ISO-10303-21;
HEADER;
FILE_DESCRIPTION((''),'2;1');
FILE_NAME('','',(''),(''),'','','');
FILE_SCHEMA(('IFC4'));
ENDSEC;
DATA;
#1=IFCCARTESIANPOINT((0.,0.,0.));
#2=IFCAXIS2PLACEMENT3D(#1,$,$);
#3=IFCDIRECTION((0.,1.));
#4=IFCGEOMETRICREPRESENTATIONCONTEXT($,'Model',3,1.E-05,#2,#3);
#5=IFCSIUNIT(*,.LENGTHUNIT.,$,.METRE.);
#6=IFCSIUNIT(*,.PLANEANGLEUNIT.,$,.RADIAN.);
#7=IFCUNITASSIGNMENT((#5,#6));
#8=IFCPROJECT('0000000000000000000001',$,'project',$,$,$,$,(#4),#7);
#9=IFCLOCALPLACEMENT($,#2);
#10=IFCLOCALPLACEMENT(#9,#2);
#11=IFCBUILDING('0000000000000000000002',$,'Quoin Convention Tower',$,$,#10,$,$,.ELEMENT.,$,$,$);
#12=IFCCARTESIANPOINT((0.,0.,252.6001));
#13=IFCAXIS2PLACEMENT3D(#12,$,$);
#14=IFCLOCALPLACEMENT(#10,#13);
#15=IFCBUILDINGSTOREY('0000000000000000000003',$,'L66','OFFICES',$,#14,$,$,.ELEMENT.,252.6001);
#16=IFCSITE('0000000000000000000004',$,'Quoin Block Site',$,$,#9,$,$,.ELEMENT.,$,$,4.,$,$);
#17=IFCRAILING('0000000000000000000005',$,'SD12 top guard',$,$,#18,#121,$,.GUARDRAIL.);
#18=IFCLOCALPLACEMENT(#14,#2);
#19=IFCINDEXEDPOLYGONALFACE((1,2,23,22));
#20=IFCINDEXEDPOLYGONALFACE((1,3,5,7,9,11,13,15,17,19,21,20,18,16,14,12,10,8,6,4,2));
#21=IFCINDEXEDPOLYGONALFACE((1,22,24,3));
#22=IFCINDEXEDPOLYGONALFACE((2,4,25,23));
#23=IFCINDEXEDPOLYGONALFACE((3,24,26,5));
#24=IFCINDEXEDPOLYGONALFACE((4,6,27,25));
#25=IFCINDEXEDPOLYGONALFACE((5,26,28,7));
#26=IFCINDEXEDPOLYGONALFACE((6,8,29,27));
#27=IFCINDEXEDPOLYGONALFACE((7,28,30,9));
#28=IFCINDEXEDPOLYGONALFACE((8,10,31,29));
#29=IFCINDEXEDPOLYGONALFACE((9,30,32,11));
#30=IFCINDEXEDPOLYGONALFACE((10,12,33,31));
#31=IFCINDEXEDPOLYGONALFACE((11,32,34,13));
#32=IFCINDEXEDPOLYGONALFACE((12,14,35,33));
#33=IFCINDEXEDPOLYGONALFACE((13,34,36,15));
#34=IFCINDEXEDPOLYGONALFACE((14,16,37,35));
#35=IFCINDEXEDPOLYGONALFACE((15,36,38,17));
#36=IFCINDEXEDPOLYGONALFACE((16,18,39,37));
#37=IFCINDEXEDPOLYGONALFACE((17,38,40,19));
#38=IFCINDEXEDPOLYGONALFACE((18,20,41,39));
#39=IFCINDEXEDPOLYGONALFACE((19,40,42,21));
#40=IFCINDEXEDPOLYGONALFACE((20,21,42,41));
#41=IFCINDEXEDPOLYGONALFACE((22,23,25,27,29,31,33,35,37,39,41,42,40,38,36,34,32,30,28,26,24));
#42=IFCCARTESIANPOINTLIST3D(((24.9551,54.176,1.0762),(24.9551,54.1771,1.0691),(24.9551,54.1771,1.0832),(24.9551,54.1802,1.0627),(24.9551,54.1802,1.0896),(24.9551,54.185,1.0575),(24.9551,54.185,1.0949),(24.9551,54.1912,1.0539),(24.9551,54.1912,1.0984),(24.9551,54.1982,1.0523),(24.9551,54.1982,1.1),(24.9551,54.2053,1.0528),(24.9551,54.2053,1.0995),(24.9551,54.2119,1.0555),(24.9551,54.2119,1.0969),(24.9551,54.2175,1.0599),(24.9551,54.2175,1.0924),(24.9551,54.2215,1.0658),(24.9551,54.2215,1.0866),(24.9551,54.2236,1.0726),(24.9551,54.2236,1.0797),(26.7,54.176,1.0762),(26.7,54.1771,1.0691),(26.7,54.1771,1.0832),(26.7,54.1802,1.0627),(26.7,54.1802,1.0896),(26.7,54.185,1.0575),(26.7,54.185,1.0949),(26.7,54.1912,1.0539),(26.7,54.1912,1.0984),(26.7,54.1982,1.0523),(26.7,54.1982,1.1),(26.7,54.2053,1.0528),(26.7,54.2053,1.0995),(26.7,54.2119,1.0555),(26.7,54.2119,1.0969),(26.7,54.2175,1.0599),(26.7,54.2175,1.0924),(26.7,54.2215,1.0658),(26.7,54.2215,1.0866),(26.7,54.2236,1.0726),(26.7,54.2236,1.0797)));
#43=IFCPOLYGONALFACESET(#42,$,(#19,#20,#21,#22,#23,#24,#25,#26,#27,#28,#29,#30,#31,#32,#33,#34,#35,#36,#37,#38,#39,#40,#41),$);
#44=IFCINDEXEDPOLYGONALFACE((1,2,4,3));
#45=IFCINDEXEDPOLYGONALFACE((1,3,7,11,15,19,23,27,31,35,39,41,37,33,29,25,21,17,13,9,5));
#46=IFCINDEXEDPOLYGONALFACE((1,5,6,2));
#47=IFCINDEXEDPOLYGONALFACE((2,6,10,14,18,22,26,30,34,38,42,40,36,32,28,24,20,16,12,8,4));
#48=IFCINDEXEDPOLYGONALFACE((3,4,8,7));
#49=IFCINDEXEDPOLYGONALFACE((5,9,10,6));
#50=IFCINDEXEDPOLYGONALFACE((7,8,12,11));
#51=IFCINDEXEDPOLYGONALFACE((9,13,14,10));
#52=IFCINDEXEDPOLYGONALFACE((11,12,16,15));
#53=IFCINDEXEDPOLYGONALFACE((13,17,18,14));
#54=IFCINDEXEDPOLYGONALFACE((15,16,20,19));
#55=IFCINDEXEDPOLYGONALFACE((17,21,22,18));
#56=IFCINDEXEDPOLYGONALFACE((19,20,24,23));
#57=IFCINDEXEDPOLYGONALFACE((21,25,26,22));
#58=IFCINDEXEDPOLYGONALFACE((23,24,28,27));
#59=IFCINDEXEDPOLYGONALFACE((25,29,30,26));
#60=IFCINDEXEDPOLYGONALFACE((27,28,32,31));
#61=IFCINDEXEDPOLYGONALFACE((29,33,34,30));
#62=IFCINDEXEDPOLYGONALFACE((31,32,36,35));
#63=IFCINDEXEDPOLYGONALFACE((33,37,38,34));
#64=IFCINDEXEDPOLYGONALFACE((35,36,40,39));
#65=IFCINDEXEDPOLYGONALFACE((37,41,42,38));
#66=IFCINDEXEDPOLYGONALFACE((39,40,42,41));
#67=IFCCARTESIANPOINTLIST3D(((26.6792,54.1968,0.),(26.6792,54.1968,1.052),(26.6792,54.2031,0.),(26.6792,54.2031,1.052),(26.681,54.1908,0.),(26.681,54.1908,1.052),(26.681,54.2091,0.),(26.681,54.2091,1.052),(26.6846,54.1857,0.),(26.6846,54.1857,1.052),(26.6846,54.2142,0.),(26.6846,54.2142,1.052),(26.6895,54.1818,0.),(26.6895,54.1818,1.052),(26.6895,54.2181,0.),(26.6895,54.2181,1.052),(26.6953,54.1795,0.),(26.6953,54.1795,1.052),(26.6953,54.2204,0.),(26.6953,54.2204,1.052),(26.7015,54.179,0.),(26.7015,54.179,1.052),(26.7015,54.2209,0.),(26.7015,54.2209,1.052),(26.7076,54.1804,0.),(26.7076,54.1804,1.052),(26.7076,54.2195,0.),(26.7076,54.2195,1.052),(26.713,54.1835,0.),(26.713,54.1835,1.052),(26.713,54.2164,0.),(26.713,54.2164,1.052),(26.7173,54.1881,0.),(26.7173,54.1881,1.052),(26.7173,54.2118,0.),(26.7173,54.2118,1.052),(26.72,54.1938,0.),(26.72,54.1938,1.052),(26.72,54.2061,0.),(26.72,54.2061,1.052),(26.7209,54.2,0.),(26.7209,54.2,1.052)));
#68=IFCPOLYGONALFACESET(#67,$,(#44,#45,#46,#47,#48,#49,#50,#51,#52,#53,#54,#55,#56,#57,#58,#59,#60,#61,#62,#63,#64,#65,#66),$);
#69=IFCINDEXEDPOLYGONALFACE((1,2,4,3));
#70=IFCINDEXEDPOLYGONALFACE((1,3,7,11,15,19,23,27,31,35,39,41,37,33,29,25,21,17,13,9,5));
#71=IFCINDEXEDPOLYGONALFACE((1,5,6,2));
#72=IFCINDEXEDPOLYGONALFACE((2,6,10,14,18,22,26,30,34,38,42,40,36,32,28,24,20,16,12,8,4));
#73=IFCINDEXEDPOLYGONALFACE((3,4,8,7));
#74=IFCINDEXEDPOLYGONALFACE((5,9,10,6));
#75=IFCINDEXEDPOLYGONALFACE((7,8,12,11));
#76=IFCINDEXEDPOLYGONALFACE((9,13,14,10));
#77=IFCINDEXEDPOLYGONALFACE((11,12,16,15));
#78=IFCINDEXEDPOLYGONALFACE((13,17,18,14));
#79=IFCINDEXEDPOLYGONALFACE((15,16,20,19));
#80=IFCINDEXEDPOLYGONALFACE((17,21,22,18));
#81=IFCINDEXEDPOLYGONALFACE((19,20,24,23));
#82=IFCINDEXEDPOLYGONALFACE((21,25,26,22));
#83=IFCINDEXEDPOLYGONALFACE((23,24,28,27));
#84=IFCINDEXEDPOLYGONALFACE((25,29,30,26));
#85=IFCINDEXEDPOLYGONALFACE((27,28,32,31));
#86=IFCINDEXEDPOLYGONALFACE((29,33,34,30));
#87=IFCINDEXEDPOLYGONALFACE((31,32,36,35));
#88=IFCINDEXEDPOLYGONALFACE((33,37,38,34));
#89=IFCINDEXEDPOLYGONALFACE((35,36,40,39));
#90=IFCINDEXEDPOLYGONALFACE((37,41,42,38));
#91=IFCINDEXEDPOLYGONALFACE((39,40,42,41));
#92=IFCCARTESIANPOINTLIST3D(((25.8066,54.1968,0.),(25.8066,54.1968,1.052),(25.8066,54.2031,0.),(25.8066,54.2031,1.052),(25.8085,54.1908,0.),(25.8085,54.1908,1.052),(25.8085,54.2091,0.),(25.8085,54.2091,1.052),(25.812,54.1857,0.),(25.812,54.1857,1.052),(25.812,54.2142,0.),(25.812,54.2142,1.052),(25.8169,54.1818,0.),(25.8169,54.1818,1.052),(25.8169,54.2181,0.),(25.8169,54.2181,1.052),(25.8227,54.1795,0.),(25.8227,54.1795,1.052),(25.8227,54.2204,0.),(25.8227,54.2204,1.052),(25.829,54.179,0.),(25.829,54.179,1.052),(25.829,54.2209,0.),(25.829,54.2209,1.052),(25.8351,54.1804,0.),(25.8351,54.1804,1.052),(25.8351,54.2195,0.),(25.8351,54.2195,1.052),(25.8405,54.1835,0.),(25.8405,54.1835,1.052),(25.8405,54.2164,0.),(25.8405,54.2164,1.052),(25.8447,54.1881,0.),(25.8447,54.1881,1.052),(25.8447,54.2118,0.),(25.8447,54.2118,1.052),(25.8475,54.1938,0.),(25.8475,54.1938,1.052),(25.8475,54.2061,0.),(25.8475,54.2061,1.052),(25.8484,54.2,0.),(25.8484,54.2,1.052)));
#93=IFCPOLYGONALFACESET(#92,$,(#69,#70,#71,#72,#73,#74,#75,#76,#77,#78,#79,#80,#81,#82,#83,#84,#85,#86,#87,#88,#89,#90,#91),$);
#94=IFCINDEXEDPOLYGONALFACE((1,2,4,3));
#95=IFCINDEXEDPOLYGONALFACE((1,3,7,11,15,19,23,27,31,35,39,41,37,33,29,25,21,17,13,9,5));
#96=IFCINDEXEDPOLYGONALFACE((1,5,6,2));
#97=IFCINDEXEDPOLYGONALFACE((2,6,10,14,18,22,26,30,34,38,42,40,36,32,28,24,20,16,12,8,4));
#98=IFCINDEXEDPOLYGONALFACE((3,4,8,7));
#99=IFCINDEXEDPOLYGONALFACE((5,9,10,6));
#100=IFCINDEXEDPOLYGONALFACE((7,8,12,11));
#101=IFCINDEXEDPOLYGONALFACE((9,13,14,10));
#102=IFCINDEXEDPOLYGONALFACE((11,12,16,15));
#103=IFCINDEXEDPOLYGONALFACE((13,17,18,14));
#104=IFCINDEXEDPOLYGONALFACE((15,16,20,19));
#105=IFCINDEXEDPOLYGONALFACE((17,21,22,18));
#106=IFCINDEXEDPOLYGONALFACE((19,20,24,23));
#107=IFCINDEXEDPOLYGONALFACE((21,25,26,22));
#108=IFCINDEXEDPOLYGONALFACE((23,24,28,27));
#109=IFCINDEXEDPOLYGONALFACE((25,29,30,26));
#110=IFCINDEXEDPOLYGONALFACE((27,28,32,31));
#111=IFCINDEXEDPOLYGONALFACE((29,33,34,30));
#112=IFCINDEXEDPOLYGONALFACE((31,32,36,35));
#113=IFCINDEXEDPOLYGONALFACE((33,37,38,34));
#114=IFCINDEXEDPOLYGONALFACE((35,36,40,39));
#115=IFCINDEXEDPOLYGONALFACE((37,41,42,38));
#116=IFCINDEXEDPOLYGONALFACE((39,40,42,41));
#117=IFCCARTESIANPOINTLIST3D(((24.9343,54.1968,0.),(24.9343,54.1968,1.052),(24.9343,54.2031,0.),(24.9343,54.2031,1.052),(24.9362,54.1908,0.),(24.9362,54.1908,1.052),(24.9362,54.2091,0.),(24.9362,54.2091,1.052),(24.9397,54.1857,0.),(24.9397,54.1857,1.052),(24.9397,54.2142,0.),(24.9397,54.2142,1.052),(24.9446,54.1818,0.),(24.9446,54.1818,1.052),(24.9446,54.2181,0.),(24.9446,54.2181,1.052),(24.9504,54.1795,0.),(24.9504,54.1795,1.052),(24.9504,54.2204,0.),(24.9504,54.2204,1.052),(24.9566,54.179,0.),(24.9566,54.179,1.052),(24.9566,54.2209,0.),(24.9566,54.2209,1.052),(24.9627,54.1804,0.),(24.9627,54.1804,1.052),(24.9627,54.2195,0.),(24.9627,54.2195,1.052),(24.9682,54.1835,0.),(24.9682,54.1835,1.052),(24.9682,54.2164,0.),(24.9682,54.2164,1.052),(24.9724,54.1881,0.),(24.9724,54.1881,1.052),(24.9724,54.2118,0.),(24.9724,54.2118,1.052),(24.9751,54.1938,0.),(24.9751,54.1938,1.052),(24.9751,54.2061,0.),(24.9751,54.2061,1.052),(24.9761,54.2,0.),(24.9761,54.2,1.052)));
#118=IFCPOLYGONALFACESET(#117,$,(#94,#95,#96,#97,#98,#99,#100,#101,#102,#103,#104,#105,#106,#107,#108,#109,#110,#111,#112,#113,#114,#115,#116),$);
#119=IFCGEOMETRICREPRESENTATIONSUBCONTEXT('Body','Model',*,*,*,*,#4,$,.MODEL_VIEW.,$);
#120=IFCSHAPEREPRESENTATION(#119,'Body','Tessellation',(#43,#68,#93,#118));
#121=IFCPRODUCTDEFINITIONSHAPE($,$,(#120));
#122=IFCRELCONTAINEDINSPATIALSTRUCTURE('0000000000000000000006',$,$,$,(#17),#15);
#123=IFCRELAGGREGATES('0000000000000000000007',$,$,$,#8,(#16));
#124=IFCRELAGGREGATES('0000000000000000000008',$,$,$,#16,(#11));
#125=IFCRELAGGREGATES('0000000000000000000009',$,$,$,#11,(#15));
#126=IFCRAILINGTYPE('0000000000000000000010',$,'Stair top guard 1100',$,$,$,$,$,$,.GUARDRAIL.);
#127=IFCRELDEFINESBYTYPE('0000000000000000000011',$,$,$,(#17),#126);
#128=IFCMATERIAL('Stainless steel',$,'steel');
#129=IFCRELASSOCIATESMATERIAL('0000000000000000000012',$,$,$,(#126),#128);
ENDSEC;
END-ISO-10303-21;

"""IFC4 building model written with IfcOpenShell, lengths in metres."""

from ifc_helpers import new_model, si_unit, direction, frame, origin, origin_2d, place, context, subcontext, project, spatial, circle, extrude, material, type_object, element, save


model = new_model("IFC4")

# Units and contexts
model_context = context("Model", 3, precision=1e-05, world=origin(), true_north=direction((0.0, 1.0)))
body_context = subcontext(model_context, "Body", "Model", "MODEL_VIEW")
ifc_project = project(units=[si_unit("LENGTHUNIT", "METRE"), si_unit("PLANEANGLEUNIT", "RADIAN")], contexts=[model_context])

# Site, building, storey
site_placement = place(None, origin())
site = spatial("IfcSite", under=ifc_project, at=site_placement, Name="Quoin Block Site", CompositionType="ELEMENT", RefElevation=4.0)
building_placement = place(site_placement, origin())
building = spatial("IfcBuilding", under=site, at=building_placement, Name="Quoin Convention Tower", CompositionType="ELEMENT")
storey_placement = place(building_placement, frame((0.0, 0.0, 252.6001)))
storey = spatial("IfcBuildingStorey", under=building, at=storey_placement, Name="L66", Description="OFFICES", CompositionType="ELEMENT", Elevation=252.6001)

# Railing
ifc_material_1 = material(Name="Stainless steel", Category="steel")
railing_type_1 = type_object("IfcRailingType", Name="Stair top guard 1100", PredefinedType="GUARDRAIL", material=ifc_material_1)
railing_1_placement = place(storey_placement, frame((26.7, 54.2, 0.0)))
element("IfcRailing", 1, at=railing_1_placement, inside=storey, type_object=railing_type_1, Name="SD12 top guard", PredefinedType="GUARDRAIL", context=body_context, shape_type="SweptSolid", body=[
    extrude(circle(Radius=0.0239, at=origin_2d()), frame((0.0, 0.0, 1.0762), z_axis=(-1.0, 0.0, 0.0), x_axis=(0.0, -1.0, 0.0)), (0.0, 0.0, 1.0), 1.7449),
    extrude(circle(Radius=0.021, at=origin_2d()), origin(), (0.0, 0.0, 1.0), 1.052),
    extrude(circle(Radius=0.021, at=origin_2d()), frame((-0.8726, 0.0, 0.0)), (0.0, 0.0, 1.0), 1.052),
    extrude(circle(Radius=0.021, at=origin_2d()), frame((-1.7449, 0.0, 0.0)), (0.0, 0.0, 1.0), 1.052),
])

save(model, "model.ifc")
